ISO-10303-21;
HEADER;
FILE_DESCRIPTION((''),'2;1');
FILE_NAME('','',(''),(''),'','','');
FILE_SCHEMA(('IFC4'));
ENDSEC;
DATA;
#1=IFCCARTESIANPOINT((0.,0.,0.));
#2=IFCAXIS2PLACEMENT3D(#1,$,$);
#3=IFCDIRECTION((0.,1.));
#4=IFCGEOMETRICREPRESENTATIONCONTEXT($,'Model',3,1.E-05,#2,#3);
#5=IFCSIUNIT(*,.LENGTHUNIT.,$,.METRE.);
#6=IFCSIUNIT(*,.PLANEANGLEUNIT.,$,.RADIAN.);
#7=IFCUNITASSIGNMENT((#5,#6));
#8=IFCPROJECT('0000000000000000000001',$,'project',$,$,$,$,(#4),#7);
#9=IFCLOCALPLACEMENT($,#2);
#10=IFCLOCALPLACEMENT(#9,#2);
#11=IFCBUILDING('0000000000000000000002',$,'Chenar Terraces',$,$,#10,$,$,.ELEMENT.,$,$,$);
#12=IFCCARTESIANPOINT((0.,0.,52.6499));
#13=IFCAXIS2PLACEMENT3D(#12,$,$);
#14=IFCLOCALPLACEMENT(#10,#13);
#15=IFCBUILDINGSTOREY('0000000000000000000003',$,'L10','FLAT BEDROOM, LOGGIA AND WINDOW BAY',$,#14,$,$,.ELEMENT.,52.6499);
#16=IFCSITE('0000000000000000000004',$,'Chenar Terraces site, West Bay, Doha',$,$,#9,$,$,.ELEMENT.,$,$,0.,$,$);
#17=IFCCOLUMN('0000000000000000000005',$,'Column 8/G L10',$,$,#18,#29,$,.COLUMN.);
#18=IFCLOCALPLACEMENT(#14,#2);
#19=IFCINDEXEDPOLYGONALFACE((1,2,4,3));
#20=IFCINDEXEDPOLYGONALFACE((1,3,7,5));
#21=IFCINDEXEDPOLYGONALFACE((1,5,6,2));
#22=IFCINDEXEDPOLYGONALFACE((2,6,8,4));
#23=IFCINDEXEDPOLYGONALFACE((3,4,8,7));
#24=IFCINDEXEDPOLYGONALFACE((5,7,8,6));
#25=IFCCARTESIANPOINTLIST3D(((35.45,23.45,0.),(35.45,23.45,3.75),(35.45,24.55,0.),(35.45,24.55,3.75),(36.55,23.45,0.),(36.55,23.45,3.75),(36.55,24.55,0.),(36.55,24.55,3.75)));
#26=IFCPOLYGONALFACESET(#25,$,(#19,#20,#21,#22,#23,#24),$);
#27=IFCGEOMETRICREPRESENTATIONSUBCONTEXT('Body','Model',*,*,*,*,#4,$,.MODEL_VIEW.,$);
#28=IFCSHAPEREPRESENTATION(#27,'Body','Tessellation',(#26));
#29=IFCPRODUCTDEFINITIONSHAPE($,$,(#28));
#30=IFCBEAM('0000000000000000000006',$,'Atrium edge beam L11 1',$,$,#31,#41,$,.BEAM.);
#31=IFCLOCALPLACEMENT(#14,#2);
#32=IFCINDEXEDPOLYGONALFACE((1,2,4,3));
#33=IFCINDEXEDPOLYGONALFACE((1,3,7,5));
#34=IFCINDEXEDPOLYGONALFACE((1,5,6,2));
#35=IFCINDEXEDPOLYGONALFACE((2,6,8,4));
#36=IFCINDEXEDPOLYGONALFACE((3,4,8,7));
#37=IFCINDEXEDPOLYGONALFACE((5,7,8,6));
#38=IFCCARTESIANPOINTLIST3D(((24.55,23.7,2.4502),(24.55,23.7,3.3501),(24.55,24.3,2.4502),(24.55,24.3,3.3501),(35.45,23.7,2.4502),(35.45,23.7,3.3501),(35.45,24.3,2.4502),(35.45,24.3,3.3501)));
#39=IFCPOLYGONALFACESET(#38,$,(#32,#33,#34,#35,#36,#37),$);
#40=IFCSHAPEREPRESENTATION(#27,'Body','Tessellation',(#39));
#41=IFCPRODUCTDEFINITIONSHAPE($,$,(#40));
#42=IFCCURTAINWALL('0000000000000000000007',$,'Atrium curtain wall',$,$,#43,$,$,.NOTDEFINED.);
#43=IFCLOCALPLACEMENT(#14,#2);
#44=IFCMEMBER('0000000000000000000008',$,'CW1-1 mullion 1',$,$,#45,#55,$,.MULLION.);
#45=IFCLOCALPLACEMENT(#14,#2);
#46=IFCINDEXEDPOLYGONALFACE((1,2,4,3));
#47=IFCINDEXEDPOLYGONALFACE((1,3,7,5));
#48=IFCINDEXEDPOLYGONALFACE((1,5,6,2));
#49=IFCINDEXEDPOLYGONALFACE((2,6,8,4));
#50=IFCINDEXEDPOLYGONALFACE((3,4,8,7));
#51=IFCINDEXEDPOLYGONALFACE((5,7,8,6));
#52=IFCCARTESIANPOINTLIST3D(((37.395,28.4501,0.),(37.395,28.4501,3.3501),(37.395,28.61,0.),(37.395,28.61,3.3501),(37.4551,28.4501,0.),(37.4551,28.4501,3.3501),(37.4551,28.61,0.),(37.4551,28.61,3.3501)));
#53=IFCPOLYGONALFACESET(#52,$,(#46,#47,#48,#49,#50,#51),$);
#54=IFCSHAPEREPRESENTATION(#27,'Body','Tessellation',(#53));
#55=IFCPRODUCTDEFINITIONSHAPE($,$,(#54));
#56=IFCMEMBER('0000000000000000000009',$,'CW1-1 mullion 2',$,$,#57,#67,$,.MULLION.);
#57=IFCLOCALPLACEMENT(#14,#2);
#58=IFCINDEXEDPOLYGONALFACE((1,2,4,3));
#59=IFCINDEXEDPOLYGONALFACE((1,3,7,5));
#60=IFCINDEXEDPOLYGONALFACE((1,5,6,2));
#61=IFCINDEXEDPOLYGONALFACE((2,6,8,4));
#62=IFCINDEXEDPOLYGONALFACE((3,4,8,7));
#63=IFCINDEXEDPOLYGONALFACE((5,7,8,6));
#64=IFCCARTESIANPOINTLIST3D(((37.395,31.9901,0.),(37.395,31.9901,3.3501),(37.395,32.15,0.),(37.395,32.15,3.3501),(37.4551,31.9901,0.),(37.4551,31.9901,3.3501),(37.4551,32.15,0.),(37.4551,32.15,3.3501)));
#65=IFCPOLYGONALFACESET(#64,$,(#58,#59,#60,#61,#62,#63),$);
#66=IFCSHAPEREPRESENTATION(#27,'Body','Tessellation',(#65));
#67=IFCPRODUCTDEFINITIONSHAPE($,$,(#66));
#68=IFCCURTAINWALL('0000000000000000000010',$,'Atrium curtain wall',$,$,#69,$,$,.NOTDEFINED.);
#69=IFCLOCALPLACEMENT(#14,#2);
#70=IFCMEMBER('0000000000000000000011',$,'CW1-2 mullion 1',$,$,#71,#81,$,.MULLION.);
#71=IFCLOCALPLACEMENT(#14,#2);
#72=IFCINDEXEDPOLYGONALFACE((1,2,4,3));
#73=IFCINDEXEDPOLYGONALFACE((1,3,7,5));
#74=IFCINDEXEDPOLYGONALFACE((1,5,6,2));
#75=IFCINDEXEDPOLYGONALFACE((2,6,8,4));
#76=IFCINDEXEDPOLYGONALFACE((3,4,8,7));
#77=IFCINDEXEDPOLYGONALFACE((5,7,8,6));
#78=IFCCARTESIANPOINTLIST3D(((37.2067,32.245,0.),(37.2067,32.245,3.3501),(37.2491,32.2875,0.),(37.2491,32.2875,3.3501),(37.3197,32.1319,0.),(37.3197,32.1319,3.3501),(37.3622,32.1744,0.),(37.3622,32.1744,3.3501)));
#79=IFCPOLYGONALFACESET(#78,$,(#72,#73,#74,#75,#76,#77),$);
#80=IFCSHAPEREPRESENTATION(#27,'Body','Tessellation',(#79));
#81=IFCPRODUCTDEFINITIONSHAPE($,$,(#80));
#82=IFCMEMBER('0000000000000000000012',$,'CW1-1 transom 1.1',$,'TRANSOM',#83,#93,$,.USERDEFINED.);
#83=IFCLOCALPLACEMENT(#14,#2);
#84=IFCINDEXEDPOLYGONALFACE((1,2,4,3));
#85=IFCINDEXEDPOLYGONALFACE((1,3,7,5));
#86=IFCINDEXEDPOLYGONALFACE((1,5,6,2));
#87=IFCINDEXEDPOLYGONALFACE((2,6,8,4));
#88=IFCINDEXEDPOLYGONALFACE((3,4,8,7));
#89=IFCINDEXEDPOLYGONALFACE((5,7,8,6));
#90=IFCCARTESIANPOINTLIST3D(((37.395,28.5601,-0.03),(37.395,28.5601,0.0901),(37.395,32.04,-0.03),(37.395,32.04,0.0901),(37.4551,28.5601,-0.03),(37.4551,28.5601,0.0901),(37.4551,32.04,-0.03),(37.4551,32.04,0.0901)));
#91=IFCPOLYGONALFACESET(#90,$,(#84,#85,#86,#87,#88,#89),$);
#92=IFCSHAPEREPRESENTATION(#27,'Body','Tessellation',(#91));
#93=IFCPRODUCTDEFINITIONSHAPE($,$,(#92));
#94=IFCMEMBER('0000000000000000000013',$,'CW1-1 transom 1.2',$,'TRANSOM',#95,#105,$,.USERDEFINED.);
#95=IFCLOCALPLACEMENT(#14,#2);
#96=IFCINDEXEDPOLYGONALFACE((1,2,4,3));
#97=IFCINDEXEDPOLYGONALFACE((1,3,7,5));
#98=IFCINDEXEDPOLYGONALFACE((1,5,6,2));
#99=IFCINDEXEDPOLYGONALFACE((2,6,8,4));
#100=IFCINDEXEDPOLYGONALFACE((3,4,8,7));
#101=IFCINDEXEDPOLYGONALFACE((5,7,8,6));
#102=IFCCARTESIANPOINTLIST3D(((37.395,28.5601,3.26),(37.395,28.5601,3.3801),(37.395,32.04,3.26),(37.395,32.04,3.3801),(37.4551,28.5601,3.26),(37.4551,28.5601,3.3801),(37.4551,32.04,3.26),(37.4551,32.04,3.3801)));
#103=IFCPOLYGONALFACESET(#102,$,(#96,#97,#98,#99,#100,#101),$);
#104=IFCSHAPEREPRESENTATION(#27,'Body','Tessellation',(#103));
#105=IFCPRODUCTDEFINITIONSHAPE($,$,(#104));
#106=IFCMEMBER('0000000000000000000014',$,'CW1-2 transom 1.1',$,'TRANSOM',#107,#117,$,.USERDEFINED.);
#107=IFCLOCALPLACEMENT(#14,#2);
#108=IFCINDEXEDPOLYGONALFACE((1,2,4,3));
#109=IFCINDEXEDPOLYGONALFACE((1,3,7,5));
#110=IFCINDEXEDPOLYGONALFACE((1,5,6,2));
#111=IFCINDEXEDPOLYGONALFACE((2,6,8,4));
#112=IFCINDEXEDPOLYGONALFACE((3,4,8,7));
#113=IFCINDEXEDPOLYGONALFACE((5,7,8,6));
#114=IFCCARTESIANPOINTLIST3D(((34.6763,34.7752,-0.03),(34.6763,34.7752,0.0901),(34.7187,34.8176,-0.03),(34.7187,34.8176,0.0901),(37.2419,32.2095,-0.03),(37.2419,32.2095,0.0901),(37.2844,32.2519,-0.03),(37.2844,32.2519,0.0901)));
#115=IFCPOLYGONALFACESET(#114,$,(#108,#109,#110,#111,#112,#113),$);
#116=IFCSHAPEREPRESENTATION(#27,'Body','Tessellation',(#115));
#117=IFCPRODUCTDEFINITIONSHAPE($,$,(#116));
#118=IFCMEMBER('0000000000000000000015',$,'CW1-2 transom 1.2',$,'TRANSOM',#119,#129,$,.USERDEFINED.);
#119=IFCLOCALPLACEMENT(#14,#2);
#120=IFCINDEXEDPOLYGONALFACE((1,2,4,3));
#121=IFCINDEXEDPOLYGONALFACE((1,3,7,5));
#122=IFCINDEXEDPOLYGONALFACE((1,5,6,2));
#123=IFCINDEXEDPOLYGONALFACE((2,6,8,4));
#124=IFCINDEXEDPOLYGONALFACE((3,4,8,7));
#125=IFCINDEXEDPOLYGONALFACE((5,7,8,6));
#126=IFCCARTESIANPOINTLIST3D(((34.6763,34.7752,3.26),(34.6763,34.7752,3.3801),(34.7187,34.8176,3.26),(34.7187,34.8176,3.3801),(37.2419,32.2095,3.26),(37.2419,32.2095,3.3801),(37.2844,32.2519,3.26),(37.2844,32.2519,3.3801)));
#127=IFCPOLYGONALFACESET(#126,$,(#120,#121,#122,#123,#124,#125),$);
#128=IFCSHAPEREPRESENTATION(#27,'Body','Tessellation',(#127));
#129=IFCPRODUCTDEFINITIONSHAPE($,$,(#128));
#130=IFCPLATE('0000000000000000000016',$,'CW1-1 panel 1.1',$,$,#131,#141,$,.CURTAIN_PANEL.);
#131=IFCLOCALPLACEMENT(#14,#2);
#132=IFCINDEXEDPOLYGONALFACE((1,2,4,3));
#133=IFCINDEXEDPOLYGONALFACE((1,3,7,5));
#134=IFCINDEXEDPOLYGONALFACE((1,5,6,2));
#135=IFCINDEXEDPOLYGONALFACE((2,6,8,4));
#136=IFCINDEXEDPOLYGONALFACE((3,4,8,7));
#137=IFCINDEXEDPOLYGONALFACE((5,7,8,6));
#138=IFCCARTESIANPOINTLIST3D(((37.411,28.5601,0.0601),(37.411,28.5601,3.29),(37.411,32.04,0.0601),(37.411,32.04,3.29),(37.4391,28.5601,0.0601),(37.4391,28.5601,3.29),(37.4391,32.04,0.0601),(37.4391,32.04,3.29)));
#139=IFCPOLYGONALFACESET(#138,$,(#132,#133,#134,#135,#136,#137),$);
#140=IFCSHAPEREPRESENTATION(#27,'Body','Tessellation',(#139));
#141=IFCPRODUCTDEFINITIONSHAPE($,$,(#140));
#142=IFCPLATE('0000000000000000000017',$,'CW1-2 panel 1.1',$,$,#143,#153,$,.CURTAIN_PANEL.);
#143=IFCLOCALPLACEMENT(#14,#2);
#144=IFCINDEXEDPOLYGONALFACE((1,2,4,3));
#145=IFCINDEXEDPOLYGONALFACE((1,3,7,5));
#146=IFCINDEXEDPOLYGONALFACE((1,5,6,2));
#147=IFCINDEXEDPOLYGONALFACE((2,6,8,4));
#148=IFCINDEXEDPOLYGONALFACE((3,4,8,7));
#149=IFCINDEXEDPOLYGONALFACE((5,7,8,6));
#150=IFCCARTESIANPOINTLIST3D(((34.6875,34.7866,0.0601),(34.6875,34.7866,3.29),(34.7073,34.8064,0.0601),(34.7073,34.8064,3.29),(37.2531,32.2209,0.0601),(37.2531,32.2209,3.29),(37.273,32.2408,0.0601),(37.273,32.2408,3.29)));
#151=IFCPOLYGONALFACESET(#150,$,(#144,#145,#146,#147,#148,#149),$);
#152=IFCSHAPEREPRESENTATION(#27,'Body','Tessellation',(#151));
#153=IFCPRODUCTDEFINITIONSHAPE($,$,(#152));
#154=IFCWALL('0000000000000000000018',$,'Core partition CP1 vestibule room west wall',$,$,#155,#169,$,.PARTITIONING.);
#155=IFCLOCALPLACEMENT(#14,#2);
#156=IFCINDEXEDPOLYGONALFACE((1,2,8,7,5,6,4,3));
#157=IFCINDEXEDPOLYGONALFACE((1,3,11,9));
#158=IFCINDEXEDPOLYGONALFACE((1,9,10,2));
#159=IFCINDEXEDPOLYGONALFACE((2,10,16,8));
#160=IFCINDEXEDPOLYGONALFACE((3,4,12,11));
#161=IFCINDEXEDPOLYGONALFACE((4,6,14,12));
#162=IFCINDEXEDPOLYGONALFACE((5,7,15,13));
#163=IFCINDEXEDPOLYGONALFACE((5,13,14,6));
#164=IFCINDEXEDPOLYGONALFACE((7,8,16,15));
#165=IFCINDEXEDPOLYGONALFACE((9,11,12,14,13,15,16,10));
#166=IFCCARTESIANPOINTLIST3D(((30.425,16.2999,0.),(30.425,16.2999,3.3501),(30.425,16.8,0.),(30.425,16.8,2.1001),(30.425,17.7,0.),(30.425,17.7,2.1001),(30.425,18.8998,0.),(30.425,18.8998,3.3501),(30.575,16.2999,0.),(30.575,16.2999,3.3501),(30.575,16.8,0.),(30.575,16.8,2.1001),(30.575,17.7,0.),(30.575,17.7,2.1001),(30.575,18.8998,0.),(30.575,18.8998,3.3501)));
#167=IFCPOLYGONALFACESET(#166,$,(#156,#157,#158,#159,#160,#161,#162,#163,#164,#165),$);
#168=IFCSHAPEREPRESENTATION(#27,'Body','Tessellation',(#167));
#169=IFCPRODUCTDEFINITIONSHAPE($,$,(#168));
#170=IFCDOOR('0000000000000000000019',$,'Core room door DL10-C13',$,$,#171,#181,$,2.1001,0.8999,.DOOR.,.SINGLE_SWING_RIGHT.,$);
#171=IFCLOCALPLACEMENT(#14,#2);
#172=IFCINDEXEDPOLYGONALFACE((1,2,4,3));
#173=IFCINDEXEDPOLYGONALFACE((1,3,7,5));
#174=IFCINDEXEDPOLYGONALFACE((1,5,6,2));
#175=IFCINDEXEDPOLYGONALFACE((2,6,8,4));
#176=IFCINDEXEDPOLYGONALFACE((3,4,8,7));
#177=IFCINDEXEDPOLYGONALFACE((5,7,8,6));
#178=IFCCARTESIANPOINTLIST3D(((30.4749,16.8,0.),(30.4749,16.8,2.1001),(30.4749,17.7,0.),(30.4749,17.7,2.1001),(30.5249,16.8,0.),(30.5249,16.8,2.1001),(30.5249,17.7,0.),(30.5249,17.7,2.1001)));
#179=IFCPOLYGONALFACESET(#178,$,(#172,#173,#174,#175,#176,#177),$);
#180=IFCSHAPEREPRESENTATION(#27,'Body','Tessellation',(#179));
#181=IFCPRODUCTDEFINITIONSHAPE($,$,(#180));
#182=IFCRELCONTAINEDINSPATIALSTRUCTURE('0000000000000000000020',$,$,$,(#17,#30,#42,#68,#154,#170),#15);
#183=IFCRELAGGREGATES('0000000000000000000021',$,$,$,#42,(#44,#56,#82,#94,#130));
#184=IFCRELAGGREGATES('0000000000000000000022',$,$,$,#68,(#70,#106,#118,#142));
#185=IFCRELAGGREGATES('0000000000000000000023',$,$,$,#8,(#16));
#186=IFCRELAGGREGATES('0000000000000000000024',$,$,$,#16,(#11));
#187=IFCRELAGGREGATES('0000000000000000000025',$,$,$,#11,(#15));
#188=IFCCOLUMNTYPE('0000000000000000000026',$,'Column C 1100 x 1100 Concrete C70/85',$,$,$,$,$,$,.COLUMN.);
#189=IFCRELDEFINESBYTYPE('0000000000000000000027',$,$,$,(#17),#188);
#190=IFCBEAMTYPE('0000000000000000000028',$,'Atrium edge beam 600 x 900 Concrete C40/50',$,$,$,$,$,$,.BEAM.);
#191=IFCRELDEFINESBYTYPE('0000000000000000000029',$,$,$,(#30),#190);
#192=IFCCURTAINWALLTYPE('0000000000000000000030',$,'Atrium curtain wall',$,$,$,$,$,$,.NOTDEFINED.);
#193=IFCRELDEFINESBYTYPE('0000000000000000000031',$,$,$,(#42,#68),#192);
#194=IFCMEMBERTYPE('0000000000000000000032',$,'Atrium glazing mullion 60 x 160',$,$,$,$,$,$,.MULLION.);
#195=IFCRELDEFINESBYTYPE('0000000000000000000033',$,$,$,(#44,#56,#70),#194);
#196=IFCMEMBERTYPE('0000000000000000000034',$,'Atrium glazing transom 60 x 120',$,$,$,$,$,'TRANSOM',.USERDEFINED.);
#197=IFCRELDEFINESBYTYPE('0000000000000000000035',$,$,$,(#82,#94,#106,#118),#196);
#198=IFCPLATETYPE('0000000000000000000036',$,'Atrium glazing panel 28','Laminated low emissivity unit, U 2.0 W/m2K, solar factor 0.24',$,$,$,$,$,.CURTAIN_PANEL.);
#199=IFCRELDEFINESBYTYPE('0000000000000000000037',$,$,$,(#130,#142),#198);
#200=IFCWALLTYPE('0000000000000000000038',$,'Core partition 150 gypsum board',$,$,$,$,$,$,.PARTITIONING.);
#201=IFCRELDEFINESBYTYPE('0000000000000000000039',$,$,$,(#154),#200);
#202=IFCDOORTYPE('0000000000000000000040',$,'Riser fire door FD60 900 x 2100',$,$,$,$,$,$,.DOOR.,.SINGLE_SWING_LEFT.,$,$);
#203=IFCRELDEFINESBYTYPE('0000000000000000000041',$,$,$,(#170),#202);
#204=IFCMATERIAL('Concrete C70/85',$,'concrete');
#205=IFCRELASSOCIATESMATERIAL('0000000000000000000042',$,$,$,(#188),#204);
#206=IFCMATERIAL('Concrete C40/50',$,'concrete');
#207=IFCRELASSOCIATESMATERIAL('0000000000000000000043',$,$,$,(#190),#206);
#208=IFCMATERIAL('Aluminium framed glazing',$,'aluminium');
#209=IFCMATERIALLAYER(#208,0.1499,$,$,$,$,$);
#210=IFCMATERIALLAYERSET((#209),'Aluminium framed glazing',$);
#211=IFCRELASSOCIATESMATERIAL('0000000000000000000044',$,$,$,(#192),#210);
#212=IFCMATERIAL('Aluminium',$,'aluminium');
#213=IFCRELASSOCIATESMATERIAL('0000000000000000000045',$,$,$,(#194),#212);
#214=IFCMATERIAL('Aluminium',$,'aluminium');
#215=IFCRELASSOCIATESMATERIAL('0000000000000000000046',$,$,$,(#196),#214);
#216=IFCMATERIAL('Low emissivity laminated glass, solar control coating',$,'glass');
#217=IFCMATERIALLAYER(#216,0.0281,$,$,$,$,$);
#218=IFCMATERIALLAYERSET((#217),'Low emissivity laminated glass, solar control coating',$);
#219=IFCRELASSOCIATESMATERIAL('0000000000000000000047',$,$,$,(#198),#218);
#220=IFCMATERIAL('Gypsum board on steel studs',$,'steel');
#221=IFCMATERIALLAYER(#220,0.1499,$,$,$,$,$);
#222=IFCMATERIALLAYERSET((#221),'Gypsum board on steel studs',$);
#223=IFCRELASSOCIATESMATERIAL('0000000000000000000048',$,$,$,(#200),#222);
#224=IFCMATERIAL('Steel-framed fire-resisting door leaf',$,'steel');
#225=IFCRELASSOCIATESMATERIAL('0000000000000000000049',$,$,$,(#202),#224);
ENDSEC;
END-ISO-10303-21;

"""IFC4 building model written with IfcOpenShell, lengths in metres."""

from ifc_helpers import new_model, si_unit, direction, frame, frame_2d, origin, origin_2d, place, context, subcontext, project, spatial, rectangle, extrude, material, layer, layer_set, material_profile, profile_set, type_object, element, fill, aggregate, save


model = new_model("IFC4")

# Units and contexts
model_context = context("Model", 3, precision=1e-05, world=origin(), true_north=direction((0.0, 1.0)))
body_context = subcontext(model_context, "Body", "Model", "MODEL_VIEW")
ifc_project = project(units=[si_unit("LENGTHUNIT", "METRE"), si_unit("PLANEANGLEUNIT", "RADIAN")], contexts=[model_context])

# Site, building, storey
site_placement = place(None, origin())
site = spatial("IfcSite", under=ifc_project, at=site_placement, Name="Chenar Terraces site, West Bay, Doha", CompositionType="ELEMENT", RefElevation=0.0)
building_placement = place(site_placement, origin())
building = spatial("IfcBuilding", under=site, at=building_placement, Name="Chenar Terraces", CompositionType="ELEMENT")
storey_placement = place(building_placement, frame((0.0, 0.0, 52.6499)))
storey = spatial("IfcBuildingStorey", under=building, at=storey_placement, Name="L10", Description="FLAT BEDROOM, LOGGIA AND WINDOW BAY", CompositionType="ELEMENT", Elevation=52.6499)

# Column
ifc_material_1 = material(Name="Concrete C70/85", Category="concrete")
ifc_material_profile_1 = material_profile(ifc_material_1, rectangle(XDim=1.1001, YDim=1.1001, at=origin_2d()), Name="C 1100 x 1100")
ifc_profile_set_1 = profile_set([ifc_material_profile_1], Name="Concrete C70/85")
column_type = type_object("IfcColumnType", Name="Column C 1100 x 1100 Concrete C70/85", PredefinedType="COLUMN", material=ifc_profile_set_1)
column_placement = place(storey_placement, frame((36.0, 24.0, 0.0), z_axis=(0.0, 0.0, 1.0), x_axis=(1.0, 0.0, 0.0)))
element("IfcColumn", 1, at=column_placement, inside=storey, type_object=column_type, Name="Column 8/G L10", PredefinedType="COLUMN", context=body_context, shape_type="SweptSolid", body=[
    extrude(rectangle(XDim=1.1001, YDim=1.1001, at=origin_2d()), origin(), (0.0, 0.0, 1.0), 3.75),
])

# Beam
ifc_material_2 = material(Name="Concrete C40/50", Category="concrete")
ifc_material_profile_2 = material_profile(ifc_material_2, rectangle(XDim=0.6001, YDim=0.8999, at=origin_2d()), Name="RC 600 x 900")
ifc_profile_set_2 = profile_set([ifc_material_profile_2], Name="Concrete C40/50")
beam_type = type_object("IfcBeamType", Name="Atrium edge beam 600 x 900 Concrete C40/50", PredefinedType="BEAM", material=ifc_profile_set_2)
beam_placement = place(storey_placement, frame((24.55, 24.0, 2.9001), z_axis=(1.0, 0.0, 0.0), x_axis=(0.0, 1.0, 0.0)))
element("IfcBeam", 2, at=beam_placement, inside=storey, type_object=beam_type, Name="Atrium edge beam L11 1", PredefinedType="BEAM", context=body_context, shape_type="SweptSolid", body=[
    extrude(rectangle(XDim=0.6001, YDim=0.8999, at=origin_2d()), origin(), (0.0, 0.0, 1.0), 10.8999),
])

# Curtain wall, members
ifc_material_3 = material(Name="Aluminium framed glazing", Category="aluminium")
ifc_layer_1 = layer(ifc_material_3, 0.1499)
ifc_layer_set_1 = layer_set([ifc_layer_1], Name="Aluminium framed glazing")
curtain_wall_type = type_object("IfcCurtainWallType", Name="Atrium curtain wall", PredefinedType="NOTDEFINED", material=ifc_layer_set_1)
placement = place(storey_placement, origin())
curtain_wall_1 = element("IfcCurtainWall", 3, at=placement, inside=storey, type_object=curtain_wall_type, Name="Atrium curtain wall", PredefinedType="NOTDEFINED")
ifc_material_4 = material(Name="Aluminium", Category="aluminium")
ifc_material_profile_3 = material_profile(ifc_material_4, rectangle(XDim=0.0601, YDim=0.1599, at=origin_2d()), Name="Atrium glazing mullion 60 x 160")
ifc_profile_set_3 = profile_set([ifc_material_profile_3], Name="Aluminium")
member_type_1 = type_object("IfcMemberType", Name="Atrium glazing mullion 60 x 160", PredefinedType="MULLION", material=ifc_profile_set_3)
member_1_placement = place(storey_placement, frame((37.425, 28.53, 0.0), z_axis=(0.0, 0.0, 1.0), x_axis=(-1.0, 0.0, 0.0)))
member_1 = element("IfcMember", 4, at=member_1_placement, type_object=member_type_1, Name="CW1-1 mullion 1", PredefinedType="MULLION", context=body_context, shape_type="SweptSolid", body=[
    extrude(rectangle(XDim=0.0601, YDim=0.1599, at=origin_2d()), origin(), (0.0, 0.0, 1.0), 3.3501),
])
member_2_placement = place(storey_placement, frame((37.425, 32.0701, 0.0), z_axis=(0.0, 0.0, 1.0), x_axis=(-1.0, 0.0, 0.0)))
member_2 = element("IfcMember", 5, at=member_2_placement, type_object=member_type_1, Name="CW1-1 mullion 2", PredefinedType="MULLION", context=body_context, shape_type="SweptSolid", body=[
    extrude(rectangle(XDim=0.0601, YDim=0.1599, at=origin_2d()), origin(), (0.0, 0.0, 1.0), 3.3501),
])

# Curtain wall, member
curtain_wall_2 = element("IfcCurtainWall", 6, at=placement, inside=storey, type_object=curtain_wall_type, Name="Atrium curtain wall", PredefinedType="NOTDEFINED")
member_3_placement = place(storey_placement, frame((37.2844, 32.2097, 0.0), z_axis=(0.0, 0.0, 1.0), x_axis=(-0.707107, -0.707107, 0.0)))
member_3 = element("IfcMember", 7, at=member_3_placement, type_object=member_type_1, Name="CW1-2 mullion 1", PredefinedType="MULLION", context=body_context, shape_type="SweptSolid", body=[
    extrude(rectangle(XDim=0.0601, YDim=0.1599, at=origin_2d()), origin(), (0.0, 0.0, 1.0), 3.3501),
])

# Members
ifc_material_5 = material(Name="Aluminium", Category="aluminium")
ifc_material_profile_4 = material_profile(ifc_material_5, rectangle(XDim=0.0601, YDim=0.1201, at=origin_2d()), Name="Atrium glazing transom 60 x 120")
ifc_profile_set_4 = profile_set([ifc_material_profile_4], Name="Aluminium")
member_type_2 = type_object("IfcMemberType", Name="Atrium glazing transom 60 x 120", ElementType="TRANSOM", PredefinedType="USERDEFINED", material=ifc_profile_set_4)
member_4_placement = place(storey_placement, frame((37.425, 28.5601, 0.03), z_axis=(0.0, 1.0, 0.0), x_axis=(-1.0, 0.0, 0.0)))
member_4 = element("IfcMember", 8, at=member_4_placement, type_object=member_type_2, Name="CW1-1 transom 1.1", ObjectType="TRANSOM", PredefinedType="USERDEFINED", context=body_context, shape_type="SweptSolid", body=[
    extrude(rectangle(XDim=0.0601, YDim=0.1201, at=origin_2d()), origin(), (0.0, 0.0, 1.0), 3.48),
])
member_5_placement = place(storey_placement, frame((37.425, 28.5601, 3.3201), z_axis=(0.0, 1.0, 0.0), x_axis=(-1.0, 0.0, 0.0)))
member_5 = element("IfcMember", 9, at=member_5_placement, type_object=member_type_2, Name="CW1-1 transom 1.2", ObjectType="TRANSOM", PredefinedType="USERDEFINED", context=body_context, shape_type="SweptSolid", body=[
    extrude(rectangle(XDim=0.0601, YDim=0.1201, at=origin_2d()), origin(), (0.0, 0.0, 1.0), 3.48),
])
member_6_placement = place(storey_placement, frame((37.2632, 32.2307, 0.03), z_axis=(-0.707107, 0.707107, 0.0), x_axis=(-0.707107, -0.707107, 0.0)))
member_6 = element("IfcMember", 10, at=member_6_placement, type_object=member_type_2, Name="CW1-2 transom 1.1", ObjectType="TRANSOM", PredefinedType="USERDEFINED", context=body_context, shape_type="SweptSolid", body=[
    extrude(rectangle(XDim=0.0601, YDim=0.1201, at=origin_2d()), origin(), (0.0, 0.0, 1.0), 3.6284),
])
member_7_placement = place(storey_placement, frame((37.2632, 32.2307, 3.3201), z_axis=(-0.707107, 0.707107, 0.0), x_axis=(-0.707107, -0.707107, 0.0)))
member_7 = element("IfcMember", 11, at=member_7_placement, type_object=member_type_2, Name="CW1-2 transom 1.2", ObjectType="TRANSOM", PredefinedType="USERDEFINED", context=body_context, shape_type="SweptSolid", body=[
    extrude(rectangle(XDim=0.0601, YDim=0.1201, at=origin_2d()), origin(), (0.0, 0.0, 1.0), 3.6284),
])

# Plates
ifc_material_6 = material(Name="Low emissivity laminated glass, solar control coating", Category="glass")
ifc_layer_2 = layer(ifc_material_6, 0.0281)
ifc_layer_set_2 = layer_set([ifc_layer_2], Name="Low emissivity laminated glass, solar control coating")
plate_type = type_object("IfcPlateType", Name="Atrium glazing panel 28", Description="Laminated low emissivity unit, U 2.0 W/m2K, solar factor 0.24", PredefinedType="CURTAIN_PANEL", material=ifc_layer_set_2)
plate_1_placement = place(storey_placement, frame((37.425, 30.3, 0.0601), z_axis=(0.0, 0.0, 1.0), x_axis=(0.0, 1.0, 0.0)))
plate_1 = element("IfcPlate", 12, at=plate_1_placement, type_object=plate_type, Name="CW1-1 panel 1.1", PredefinedType="CURTAIN_PANEL", context=body_context, shape_type="SweptSolid", body=[
    extrude(rectangle(XDim=3.48, YDim=0.0281, at=origin_2d()), origin(), (0.0, 0.0, 1.0), 3.23),
])
aggregate(curtain_wall_1, [member_1, member_2, member_4, member_5, plate_1])
plate_2_placement = place(storey_placement, frame((35.9802, 33.5137, 0.0601), z_axis=(0.0, 0.0, 1.0), x_axis=(-0.707107, 0.707107, 0.0)))
plate_2 = element("IfcPlate", 13, at=plate_2_placement, type_object=plate_type, Name="CW1-2 panel 1.1", PredefinedType="CURTAIN_PANEL", context=body_context, shape_type="SweptSolid", body=[
    extrude(rectangle(XDim=3.6284, YDim=0.0281, at=origin_2d()), origin(), (0.0, 0.0, 1.0), 3.23),
])
aggregate(curtain_wall_2, [member_3, member_6, member_7, plate_2])

# Wall, opening, door
ifc_material_7 = material(Name="Gypsum board on steel studs", Category="steel")
ifc_layer_3 = layer(ifc_material_7, 0.1499)
ifc_layer_set_3 = layer_set([ifc_layer_3], Name="Gypsum board on steel studs")
wall_type_1 = type_object("IfcWallType", Name="Core partition 150 gypsum board", PredefinedType="PARTITIONING", material=ifc_layer_set_3)
wall_1_placement = place(storey_placement, frame((30.5, 16.3, 0.0), z_axis=(0.0, 0.0, 1.0), x_axis=(0.0, 1.0, 0.0)))
wall_1 = element("IfcWall", 14, at=wall_1_placement, inside=storey, type_object=wall_type_1, Name="Core partition CP1 vestibule room west wall", PredefinedType="PARTITIONING", context=body_context, shape_type="SweptSolid", body=[
    extrude(rectangle(XDim=2.5999, YDim=0.1499, at=frame_2d((1.2998, 0.0))), origin(), (0.0, 0.0, 1.0), 3.3501),
])
opening_1_placement = place(wall_1_placement, frame((0.5, 0.0, 0.0)))
opening_1 = element("IfcOpeningElement", 15, at=opening_1_placement, cuts=wall_1, PredefinedType="OPENING", context=body_context, shape_type="SweptSolid", body=[
    extrude(rectangle(XDim=0.8999, YDim=2.1001, at=frame_2d((0.45, 1.05))), frame((0.0, 0.085, 0.0), z_axis=(0.0, -1.0, 0.0), x_axis=(1.0, 0.0, 0.0)), (0.0, 0.0, 1.0), 0.1699),
])
ifc_material_8 = material(Name="Steel-framed fire-resisting door leaf", Category="steel")
door_type = type_object("IfcDoorType", Name="Riser fire door FD60 900 x 2100", OperationType="SINGLE_SWING_LEFT", PredefinedType="DOOR", material=ifc_material_8)
door_placement = place(opening_1_placement, frame((0.8999, 0.0, 0.0), z_axis=(0.0, 0.0, 1.0), x_axis=(-1.0, 0.0, 0.0)))
door = element("IfcDoor", 16, at=door_placement, inside=storey, type_object=door_type, Name="Core room door DL10-C13", OperationType="SINGLE_SWING_RIGHT", OverallHeight=2.1001, OverallWidth=0.8999, PredefinedType="DOOR", context=body_context, shape_type="SweptSolid", body=[
    extrude(rectangle(XDim=0.8999, YDim=2.1001, at=frame_2d((0.45, 1.05))), frame((0.0, 0.0249, 0.0), z_axis=(0.0, -1.0, 0.0), x_axis=(1.0, 0.0, 0.0)), (0.0, 0.0, 1.0), 0.05),
])
fill(opening_1, door)

save(model, "model.ifc")
